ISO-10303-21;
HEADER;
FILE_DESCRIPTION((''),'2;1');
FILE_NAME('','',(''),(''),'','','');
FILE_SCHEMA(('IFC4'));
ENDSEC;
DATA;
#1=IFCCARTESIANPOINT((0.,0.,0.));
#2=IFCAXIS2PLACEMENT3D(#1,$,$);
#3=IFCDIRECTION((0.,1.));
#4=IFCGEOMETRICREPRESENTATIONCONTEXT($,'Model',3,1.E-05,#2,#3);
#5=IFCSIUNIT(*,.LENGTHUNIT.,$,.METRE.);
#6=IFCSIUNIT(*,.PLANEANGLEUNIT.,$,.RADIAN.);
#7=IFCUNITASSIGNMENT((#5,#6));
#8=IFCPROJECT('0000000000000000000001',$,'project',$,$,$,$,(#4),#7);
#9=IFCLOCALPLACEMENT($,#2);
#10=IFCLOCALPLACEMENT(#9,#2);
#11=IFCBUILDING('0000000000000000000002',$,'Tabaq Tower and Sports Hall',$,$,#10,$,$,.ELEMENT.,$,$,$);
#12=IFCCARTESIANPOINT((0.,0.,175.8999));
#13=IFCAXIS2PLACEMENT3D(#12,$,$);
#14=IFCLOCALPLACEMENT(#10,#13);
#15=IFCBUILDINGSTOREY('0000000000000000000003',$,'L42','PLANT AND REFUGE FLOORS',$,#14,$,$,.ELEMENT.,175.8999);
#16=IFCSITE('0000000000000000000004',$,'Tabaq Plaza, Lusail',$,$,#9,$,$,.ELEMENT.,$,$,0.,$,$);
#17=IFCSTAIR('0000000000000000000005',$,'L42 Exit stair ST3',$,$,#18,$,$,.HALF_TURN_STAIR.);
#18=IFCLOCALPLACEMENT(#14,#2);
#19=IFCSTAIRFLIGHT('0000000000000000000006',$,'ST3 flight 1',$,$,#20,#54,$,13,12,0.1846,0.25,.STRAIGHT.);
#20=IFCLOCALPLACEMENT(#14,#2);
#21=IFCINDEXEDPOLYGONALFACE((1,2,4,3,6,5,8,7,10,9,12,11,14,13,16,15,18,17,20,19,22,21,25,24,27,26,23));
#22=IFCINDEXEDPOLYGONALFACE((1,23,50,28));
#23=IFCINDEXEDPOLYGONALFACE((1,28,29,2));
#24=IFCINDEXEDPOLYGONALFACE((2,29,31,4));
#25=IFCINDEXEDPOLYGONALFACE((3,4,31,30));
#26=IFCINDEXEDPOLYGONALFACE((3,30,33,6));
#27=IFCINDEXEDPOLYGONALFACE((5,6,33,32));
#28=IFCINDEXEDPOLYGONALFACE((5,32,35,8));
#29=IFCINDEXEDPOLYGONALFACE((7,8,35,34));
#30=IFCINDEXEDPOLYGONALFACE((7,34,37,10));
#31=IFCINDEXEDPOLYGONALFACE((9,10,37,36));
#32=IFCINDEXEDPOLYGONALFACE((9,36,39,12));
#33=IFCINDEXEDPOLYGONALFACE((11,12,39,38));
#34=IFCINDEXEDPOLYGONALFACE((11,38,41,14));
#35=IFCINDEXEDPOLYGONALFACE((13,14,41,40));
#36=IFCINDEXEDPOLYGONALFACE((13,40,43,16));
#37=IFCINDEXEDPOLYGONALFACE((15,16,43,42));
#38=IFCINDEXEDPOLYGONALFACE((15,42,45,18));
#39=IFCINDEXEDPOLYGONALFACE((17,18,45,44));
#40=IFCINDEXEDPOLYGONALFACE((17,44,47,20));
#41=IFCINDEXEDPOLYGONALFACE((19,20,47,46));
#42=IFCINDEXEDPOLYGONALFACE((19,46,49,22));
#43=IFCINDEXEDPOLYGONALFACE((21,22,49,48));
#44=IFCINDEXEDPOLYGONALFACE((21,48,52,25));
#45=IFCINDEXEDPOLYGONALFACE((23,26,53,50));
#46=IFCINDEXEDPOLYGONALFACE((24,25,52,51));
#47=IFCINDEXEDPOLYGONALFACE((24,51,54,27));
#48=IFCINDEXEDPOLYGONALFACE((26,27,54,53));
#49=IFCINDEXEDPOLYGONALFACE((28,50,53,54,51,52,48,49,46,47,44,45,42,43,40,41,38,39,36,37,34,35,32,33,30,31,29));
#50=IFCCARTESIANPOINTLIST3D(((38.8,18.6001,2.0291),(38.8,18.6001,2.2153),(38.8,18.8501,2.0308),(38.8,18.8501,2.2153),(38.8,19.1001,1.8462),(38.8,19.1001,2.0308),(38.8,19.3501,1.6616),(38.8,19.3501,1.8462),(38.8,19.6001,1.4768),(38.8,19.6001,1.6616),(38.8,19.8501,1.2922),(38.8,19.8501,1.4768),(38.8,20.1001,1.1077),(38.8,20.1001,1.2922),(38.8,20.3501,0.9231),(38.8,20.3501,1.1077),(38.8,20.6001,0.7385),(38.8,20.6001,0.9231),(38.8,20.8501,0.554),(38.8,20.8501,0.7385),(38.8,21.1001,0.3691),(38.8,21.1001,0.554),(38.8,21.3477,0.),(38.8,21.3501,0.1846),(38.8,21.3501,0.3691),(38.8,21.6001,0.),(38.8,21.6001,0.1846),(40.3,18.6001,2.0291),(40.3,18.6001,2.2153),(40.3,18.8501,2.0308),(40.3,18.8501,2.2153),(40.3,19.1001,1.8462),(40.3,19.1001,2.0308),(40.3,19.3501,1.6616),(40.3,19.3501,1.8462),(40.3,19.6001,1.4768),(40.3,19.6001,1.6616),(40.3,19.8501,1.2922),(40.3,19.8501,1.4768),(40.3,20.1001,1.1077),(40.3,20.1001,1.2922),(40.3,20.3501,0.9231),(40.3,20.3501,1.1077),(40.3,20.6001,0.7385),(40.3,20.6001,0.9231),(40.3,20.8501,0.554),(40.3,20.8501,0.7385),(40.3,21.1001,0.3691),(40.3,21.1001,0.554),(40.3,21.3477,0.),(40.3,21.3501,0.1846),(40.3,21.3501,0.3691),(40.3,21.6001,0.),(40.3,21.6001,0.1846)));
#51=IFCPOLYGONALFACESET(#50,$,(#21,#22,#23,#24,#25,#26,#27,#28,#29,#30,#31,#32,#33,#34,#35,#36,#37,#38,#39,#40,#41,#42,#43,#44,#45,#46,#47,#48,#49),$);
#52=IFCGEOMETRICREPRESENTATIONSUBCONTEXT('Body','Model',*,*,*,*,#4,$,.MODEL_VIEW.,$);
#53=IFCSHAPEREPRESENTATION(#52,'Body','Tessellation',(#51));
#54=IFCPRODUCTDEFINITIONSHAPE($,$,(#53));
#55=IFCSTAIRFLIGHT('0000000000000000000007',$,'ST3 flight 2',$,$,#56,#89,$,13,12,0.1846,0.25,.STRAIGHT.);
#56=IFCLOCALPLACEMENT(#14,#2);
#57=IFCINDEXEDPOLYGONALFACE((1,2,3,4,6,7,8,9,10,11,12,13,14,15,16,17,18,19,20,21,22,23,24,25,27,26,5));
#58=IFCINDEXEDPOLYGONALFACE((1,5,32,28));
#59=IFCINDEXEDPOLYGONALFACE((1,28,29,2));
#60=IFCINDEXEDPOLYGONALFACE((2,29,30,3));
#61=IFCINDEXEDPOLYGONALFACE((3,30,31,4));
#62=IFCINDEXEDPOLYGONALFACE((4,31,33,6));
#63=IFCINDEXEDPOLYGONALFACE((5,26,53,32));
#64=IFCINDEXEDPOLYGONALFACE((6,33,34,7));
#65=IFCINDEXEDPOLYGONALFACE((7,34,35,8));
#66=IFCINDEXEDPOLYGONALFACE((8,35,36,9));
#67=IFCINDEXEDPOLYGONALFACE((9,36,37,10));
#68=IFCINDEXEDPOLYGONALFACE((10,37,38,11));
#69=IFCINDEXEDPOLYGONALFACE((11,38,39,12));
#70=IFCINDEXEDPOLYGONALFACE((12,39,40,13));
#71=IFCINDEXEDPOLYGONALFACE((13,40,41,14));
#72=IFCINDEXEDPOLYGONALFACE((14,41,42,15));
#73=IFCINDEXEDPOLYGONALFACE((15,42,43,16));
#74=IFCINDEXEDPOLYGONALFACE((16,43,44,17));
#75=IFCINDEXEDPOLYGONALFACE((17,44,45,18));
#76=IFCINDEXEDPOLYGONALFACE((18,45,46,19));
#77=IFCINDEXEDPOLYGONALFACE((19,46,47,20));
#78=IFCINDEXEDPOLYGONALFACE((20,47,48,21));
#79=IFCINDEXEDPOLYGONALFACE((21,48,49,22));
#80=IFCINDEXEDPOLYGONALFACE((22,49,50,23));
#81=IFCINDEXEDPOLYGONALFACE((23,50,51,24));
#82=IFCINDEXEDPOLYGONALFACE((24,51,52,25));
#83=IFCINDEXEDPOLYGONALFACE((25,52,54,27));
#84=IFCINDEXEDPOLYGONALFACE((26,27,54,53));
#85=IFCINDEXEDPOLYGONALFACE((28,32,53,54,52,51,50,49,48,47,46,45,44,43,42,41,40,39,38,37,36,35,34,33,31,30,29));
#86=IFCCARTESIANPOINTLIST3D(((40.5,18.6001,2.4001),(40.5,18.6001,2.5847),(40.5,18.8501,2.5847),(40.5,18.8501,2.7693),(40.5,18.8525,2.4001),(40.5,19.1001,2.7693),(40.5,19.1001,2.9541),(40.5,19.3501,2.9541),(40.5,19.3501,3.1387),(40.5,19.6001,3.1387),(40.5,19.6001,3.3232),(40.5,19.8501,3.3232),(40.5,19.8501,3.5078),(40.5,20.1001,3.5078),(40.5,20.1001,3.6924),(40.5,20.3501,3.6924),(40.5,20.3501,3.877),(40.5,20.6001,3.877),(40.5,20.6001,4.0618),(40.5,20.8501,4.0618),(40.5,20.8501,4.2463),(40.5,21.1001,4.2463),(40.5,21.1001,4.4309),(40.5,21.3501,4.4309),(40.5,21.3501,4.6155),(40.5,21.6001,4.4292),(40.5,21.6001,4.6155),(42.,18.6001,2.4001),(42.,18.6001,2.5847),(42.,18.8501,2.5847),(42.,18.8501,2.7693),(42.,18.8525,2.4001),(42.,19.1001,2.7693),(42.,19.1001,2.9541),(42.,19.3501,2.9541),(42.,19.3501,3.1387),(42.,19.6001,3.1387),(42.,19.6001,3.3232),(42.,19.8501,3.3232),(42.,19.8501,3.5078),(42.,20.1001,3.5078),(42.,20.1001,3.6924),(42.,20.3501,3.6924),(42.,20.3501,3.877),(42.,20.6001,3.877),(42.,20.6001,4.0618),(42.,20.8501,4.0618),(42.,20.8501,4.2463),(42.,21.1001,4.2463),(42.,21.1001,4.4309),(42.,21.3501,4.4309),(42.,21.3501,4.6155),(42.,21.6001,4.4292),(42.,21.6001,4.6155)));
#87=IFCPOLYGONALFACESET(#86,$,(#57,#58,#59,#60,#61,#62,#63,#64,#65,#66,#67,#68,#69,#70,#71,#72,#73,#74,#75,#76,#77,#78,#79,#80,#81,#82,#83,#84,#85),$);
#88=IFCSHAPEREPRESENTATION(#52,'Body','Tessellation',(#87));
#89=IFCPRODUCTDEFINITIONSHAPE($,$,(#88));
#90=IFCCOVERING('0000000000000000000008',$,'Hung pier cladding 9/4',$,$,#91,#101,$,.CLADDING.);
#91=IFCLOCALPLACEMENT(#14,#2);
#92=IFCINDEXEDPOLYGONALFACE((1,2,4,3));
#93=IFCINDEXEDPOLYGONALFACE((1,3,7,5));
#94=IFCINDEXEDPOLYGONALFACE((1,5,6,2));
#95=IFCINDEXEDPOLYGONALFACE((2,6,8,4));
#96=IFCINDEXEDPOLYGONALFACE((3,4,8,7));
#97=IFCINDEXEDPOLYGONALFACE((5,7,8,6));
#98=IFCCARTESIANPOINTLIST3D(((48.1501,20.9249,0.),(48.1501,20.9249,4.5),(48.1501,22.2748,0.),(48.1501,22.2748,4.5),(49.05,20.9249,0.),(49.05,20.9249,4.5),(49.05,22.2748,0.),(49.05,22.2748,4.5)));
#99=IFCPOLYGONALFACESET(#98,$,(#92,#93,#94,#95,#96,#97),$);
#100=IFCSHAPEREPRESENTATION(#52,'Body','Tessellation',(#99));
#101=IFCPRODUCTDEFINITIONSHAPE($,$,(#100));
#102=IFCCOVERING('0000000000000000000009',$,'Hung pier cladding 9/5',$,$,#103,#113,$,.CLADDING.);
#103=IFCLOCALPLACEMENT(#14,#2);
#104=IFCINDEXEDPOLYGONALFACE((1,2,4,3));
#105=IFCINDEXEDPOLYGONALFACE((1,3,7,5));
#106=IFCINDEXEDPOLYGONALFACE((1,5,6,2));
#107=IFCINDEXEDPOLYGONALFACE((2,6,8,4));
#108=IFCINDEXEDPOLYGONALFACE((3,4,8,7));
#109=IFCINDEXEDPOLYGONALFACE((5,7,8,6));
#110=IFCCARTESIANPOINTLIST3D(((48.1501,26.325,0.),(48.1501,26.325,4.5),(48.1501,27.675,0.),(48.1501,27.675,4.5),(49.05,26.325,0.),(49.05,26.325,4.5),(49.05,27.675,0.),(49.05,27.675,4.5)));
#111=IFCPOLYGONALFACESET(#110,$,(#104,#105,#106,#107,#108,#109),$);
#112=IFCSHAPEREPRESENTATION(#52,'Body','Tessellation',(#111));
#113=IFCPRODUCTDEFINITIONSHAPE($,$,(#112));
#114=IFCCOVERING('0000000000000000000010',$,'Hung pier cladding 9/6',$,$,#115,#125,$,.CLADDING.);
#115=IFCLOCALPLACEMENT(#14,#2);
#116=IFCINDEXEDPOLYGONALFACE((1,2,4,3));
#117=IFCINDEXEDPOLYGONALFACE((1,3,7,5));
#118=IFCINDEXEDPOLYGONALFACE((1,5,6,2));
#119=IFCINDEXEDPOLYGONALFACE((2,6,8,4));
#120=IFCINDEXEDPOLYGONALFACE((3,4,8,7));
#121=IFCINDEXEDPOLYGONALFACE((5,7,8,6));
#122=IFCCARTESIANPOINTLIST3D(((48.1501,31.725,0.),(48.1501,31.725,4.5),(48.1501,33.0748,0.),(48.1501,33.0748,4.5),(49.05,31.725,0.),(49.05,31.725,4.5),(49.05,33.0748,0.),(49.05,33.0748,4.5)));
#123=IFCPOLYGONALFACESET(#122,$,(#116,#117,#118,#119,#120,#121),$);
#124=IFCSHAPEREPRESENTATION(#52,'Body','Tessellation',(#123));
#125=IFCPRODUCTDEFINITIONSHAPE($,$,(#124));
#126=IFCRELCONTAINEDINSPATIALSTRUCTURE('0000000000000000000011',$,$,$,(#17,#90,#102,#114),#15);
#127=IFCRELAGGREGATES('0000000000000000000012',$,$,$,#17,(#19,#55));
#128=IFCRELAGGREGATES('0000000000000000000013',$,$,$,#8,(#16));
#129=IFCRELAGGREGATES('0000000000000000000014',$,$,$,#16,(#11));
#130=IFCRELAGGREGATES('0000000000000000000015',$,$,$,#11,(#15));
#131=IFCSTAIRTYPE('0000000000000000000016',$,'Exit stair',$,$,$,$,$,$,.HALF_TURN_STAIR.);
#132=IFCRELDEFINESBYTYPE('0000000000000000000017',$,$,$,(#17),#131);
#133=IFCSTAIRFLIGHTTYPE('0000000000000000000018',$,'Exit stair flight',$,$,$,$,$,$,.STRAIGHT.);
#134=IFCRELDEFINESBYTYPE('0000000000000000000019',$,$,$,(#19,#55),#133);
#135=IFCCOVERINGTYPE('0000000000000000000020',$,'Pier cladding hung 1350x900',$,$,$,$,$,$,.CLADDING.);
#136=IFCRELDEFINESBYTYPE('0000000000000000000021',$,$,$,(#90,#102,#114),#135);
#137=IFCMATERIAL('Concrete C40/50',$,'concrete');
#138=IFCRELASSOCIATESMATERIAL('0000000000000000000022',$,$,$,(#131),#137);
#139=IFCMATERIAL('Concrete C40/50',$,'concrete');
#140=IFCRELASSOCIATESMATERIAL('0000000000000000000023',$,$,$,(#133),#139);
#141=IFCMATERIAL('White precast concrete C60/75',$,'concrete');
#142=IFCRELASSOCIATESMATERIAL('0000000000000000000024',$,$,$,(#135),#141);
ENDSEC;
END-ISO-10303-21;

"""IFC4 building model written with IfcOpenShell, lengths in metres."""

from ifc_helpers import new_model, si_unit, direction, frame, frame_2d, origin, place, context, subcontext, project, spatial, polyline, rectangle, outline, extrude, material, type_object, element, aggregate, save


model = new_model("IFC4")

# Units and contexts
model_context = context("Model", 3, precision=1e-05, world=origin(), true_north=direction((0.0, 1.0)))
body_context = subcontext(model_context, "Body", "Model", "MODEL_VIEW")
ifc_project = project(units=[si_unit("LENGTHUNIT", "METRE"), si_unit("PLANEANGLEUNIT", "RADIAN")], contexts=[model_context])

# Site, building, storey
site_placement = place(None, origin())
site = spatial("IfcSite", under=ifc_project, at=site_placement, Name="Tabaq Plaza, Lusail", CompositionType="ELEMENT", RefElevation=0.0)
building_placement = place(site_placement, origin())
building = spatial("IfcBuilding", under=site, at=building_placement, Name="Tabaq Tower and Sports Hall", CompositionType="ELEMENT")
storey_placement = place(building_placement, frame((0.0, 0.0, 175.8999)))
storey = spatial("IfcBuildingStorey", under=building, at=storey_placement, Name="L42", Description="PLANT AND REFUGE FLOORS", CompositionType="ELEMENT", Elevation=175.8999)

# Stair, stair flights
ifc_material_1 = material(Name="Concrete C40/50", Category="concrete")
stair_type = type_object("IfcStairType", Name="Exit stair", PredefinedType="HALF_TURN_STAIR", material=ifc_material_1)
stair_placement = place(storey_placement, origin())
stair = element("IfcStair", 1, at=stair_placement, inside=storey, type_object=stair_type, Name="L42 Exit stair ST3", PredefinedType="HALF_TURN_STAIR")
ifc_material_2 = material(Name="Concrete C40/50", Category="concrete")
stair_flight_type = type_object("IfcStairFlightType", Name="Exit stair flight", PredefinedType="STRAIGHT", material=ifc_material_2)
stair_flight_1_placement = place(storey_placement, frame((39.55, 21.6001, 0.0), z_axis=(0.0, 0.0, 1.0), x_axis=(0.0, -1.0, 0.0)))
stair_flight_1 = element("IfcStairFlight", 2, at=stair_flight_1_placement, type_object=stair_flight_type, Name="ST3 flight 1", NumberOfRisers=13, NumberOfTreads=12, PredefinedType="STRAIGHT", RiserHeight=0.1846, TreadLength=0.25, context=body_context, shape_type="SweptSolid", body=[
    extrude(outline(polyline([(0.0, 0.0), (0.0, 0.1846), (0.25, 0.1846), (0.25, 0.3691), (0.5, 0.3691), (0.5, 0.554), (0.75, 0.554), (0.75, 0.7385), (1.0, 0.7385), (1.0, 0.9231), (1.25, 0.9231), (1.25, 1.1077), (1.5, 1.1077), (1.5, 1.2922), (1.75, 1.2922), (1.75, 1.4768), (2.0, 1.4768), (2.0, 1.6616), (2.25, 1.6616), (2.25, 1.8462), (2.5, 1.8462), (2.5, 2.0308), (2.75, 2.0308), (2.75, 2.2153), (3.0, 2.2153), (3.0, 2.3999), (3.0, 2.0291), (0.2524, 0.0), (0.0, 0.0)])), frame((0.0, 0.75, 0.0), z_axis=(0.0, -1.0, 0.0), x_axis=(1.0, 0.0, 0.0)), (0.0, 0.0, 1.0), 1.5),
])
stair_flight_2_placement = place(storey_placement, frame((41.25, 18.6001, 2.4001), z_axis=(0.0, 0.0, 1.0), x_axis=(0.0, 1.0, 0.0)))
stair_flight_2 = element("IfcStairFlight", 3, at=stair_flight_2_placement, type_object=stair_flight_type, Name="ST3 flight 2", NumberOfRisers=13, NumberOfTreads=12, PredefinedType="STRAIGHT", RiserHeight=0.1846, TreadLength=0.25, context=body_context, shape_type="SweptSolid", body=[
    extrude(outline(polyline([(0.0, 0.0), (0.0, 0.1846), (0.25, 0.1846), (0.25, 0.3691), (0.5, 0.3691), (0.5, 0.554), (0.75, 0.554), (0.75, 0.7385), (1.0, 0.7385), (1.0, 0.9231), (1.25, 0.9231), (1.25, 1.1077), (1.5, 1.1077), (1.5, 1.2922), (1.75, 1.2922), (1.75, 1.4768), (2.0, 1.4768), (2.0, 1.6616), (2.25, 1.6616), (2.25, 1.8462), (2.5, 1.8462), (2.5, 2.0308), (2.75, 2.0308), (2.75, 2.2153), (3.0, 2.2153), (3.0, 2.3999), (3.0, 2.0291), (0.2524, 0.0), (0.0, 0.0)])), frame((0.0, 0.75, 0.0), z_axis=(0.0, -1.0, 0.0), x_axis=(1.0, 0.0, 0.0)), (0.0, 0.0, 1.0), 1.5),
])
aggregate(stair, [stair_flight_1, stair_flight_2])

# Coverings
ifc_material_3 = material(Name="White precast concrete C60/75", Category="concrete")
covering_type = type_object("IfcCoveringType", Name="Pier cladding hung 1350x900", PredefinedType="CLADDING", material=ifc_material_3)
covering_1_placement = place(storey_placement, frame((48.6001, 20.925, 0.0), z_axis=(0.0, 0.0, 1.0), x_axis=(0.0, 1.0, 0.0)))
element("IfcCovering", 4, at=covering_1_placement, inside=storey, type_object=covering_type, Name="Hung pier cladding 9/4", PredefinedType="CLADDING", context=body_context, shape_type="SweptSolid", body=[
    extrude(rectangle(XDim=1.3499, YDim=0.8999, at=frame_2d((0.6748, 0.0))), origin(), (0.0, 0.0, 1.0), 4.5),
])
covering_2_placement = place(storey_placement, frame((48.6001, 26.325, 0.0), z_axis=(0.0, 0.0, 1.0), x_axis=(0.0, 1.0, 0.0)))
element("IfcCovering", 5, at=covering_2_placement, inside=storey, type_object=covering_type, Name="Hung pier cladding 9/5", PredefinedType="CLADDING", context=body_context, shape_type="SweptSolid", body=[
    extrude(rectangle(XDim=1.3501, YDim=0.8999, at=frame_2d((0.675, 0.0))), origin(), (0.0, 0.0, 1.0), 4.5),
])
covering_3_placement = place(storey_placement, frame((48.6001, 31.7251, 0.0), z_axis=(0.0, 0.0, 1.0), x_axis=(0.0, 1.0, 0.0)))
element("IfcCovering", 6, at=covering_3_placement, inside=storey, type_object=covering_type, Name="Hung pier cladding 9/6", PredefinedType="CLADDING", context=body_context, shape_type="SweptSolid", body=[
    extrude(rectangle(XDim=1.3499, YDim=0.8999, at=frame_2d((0.6748, 0.0))), origin(), (0.0, 0.0, 1.0), 4.5),
])

save(model, "model.ifc")
